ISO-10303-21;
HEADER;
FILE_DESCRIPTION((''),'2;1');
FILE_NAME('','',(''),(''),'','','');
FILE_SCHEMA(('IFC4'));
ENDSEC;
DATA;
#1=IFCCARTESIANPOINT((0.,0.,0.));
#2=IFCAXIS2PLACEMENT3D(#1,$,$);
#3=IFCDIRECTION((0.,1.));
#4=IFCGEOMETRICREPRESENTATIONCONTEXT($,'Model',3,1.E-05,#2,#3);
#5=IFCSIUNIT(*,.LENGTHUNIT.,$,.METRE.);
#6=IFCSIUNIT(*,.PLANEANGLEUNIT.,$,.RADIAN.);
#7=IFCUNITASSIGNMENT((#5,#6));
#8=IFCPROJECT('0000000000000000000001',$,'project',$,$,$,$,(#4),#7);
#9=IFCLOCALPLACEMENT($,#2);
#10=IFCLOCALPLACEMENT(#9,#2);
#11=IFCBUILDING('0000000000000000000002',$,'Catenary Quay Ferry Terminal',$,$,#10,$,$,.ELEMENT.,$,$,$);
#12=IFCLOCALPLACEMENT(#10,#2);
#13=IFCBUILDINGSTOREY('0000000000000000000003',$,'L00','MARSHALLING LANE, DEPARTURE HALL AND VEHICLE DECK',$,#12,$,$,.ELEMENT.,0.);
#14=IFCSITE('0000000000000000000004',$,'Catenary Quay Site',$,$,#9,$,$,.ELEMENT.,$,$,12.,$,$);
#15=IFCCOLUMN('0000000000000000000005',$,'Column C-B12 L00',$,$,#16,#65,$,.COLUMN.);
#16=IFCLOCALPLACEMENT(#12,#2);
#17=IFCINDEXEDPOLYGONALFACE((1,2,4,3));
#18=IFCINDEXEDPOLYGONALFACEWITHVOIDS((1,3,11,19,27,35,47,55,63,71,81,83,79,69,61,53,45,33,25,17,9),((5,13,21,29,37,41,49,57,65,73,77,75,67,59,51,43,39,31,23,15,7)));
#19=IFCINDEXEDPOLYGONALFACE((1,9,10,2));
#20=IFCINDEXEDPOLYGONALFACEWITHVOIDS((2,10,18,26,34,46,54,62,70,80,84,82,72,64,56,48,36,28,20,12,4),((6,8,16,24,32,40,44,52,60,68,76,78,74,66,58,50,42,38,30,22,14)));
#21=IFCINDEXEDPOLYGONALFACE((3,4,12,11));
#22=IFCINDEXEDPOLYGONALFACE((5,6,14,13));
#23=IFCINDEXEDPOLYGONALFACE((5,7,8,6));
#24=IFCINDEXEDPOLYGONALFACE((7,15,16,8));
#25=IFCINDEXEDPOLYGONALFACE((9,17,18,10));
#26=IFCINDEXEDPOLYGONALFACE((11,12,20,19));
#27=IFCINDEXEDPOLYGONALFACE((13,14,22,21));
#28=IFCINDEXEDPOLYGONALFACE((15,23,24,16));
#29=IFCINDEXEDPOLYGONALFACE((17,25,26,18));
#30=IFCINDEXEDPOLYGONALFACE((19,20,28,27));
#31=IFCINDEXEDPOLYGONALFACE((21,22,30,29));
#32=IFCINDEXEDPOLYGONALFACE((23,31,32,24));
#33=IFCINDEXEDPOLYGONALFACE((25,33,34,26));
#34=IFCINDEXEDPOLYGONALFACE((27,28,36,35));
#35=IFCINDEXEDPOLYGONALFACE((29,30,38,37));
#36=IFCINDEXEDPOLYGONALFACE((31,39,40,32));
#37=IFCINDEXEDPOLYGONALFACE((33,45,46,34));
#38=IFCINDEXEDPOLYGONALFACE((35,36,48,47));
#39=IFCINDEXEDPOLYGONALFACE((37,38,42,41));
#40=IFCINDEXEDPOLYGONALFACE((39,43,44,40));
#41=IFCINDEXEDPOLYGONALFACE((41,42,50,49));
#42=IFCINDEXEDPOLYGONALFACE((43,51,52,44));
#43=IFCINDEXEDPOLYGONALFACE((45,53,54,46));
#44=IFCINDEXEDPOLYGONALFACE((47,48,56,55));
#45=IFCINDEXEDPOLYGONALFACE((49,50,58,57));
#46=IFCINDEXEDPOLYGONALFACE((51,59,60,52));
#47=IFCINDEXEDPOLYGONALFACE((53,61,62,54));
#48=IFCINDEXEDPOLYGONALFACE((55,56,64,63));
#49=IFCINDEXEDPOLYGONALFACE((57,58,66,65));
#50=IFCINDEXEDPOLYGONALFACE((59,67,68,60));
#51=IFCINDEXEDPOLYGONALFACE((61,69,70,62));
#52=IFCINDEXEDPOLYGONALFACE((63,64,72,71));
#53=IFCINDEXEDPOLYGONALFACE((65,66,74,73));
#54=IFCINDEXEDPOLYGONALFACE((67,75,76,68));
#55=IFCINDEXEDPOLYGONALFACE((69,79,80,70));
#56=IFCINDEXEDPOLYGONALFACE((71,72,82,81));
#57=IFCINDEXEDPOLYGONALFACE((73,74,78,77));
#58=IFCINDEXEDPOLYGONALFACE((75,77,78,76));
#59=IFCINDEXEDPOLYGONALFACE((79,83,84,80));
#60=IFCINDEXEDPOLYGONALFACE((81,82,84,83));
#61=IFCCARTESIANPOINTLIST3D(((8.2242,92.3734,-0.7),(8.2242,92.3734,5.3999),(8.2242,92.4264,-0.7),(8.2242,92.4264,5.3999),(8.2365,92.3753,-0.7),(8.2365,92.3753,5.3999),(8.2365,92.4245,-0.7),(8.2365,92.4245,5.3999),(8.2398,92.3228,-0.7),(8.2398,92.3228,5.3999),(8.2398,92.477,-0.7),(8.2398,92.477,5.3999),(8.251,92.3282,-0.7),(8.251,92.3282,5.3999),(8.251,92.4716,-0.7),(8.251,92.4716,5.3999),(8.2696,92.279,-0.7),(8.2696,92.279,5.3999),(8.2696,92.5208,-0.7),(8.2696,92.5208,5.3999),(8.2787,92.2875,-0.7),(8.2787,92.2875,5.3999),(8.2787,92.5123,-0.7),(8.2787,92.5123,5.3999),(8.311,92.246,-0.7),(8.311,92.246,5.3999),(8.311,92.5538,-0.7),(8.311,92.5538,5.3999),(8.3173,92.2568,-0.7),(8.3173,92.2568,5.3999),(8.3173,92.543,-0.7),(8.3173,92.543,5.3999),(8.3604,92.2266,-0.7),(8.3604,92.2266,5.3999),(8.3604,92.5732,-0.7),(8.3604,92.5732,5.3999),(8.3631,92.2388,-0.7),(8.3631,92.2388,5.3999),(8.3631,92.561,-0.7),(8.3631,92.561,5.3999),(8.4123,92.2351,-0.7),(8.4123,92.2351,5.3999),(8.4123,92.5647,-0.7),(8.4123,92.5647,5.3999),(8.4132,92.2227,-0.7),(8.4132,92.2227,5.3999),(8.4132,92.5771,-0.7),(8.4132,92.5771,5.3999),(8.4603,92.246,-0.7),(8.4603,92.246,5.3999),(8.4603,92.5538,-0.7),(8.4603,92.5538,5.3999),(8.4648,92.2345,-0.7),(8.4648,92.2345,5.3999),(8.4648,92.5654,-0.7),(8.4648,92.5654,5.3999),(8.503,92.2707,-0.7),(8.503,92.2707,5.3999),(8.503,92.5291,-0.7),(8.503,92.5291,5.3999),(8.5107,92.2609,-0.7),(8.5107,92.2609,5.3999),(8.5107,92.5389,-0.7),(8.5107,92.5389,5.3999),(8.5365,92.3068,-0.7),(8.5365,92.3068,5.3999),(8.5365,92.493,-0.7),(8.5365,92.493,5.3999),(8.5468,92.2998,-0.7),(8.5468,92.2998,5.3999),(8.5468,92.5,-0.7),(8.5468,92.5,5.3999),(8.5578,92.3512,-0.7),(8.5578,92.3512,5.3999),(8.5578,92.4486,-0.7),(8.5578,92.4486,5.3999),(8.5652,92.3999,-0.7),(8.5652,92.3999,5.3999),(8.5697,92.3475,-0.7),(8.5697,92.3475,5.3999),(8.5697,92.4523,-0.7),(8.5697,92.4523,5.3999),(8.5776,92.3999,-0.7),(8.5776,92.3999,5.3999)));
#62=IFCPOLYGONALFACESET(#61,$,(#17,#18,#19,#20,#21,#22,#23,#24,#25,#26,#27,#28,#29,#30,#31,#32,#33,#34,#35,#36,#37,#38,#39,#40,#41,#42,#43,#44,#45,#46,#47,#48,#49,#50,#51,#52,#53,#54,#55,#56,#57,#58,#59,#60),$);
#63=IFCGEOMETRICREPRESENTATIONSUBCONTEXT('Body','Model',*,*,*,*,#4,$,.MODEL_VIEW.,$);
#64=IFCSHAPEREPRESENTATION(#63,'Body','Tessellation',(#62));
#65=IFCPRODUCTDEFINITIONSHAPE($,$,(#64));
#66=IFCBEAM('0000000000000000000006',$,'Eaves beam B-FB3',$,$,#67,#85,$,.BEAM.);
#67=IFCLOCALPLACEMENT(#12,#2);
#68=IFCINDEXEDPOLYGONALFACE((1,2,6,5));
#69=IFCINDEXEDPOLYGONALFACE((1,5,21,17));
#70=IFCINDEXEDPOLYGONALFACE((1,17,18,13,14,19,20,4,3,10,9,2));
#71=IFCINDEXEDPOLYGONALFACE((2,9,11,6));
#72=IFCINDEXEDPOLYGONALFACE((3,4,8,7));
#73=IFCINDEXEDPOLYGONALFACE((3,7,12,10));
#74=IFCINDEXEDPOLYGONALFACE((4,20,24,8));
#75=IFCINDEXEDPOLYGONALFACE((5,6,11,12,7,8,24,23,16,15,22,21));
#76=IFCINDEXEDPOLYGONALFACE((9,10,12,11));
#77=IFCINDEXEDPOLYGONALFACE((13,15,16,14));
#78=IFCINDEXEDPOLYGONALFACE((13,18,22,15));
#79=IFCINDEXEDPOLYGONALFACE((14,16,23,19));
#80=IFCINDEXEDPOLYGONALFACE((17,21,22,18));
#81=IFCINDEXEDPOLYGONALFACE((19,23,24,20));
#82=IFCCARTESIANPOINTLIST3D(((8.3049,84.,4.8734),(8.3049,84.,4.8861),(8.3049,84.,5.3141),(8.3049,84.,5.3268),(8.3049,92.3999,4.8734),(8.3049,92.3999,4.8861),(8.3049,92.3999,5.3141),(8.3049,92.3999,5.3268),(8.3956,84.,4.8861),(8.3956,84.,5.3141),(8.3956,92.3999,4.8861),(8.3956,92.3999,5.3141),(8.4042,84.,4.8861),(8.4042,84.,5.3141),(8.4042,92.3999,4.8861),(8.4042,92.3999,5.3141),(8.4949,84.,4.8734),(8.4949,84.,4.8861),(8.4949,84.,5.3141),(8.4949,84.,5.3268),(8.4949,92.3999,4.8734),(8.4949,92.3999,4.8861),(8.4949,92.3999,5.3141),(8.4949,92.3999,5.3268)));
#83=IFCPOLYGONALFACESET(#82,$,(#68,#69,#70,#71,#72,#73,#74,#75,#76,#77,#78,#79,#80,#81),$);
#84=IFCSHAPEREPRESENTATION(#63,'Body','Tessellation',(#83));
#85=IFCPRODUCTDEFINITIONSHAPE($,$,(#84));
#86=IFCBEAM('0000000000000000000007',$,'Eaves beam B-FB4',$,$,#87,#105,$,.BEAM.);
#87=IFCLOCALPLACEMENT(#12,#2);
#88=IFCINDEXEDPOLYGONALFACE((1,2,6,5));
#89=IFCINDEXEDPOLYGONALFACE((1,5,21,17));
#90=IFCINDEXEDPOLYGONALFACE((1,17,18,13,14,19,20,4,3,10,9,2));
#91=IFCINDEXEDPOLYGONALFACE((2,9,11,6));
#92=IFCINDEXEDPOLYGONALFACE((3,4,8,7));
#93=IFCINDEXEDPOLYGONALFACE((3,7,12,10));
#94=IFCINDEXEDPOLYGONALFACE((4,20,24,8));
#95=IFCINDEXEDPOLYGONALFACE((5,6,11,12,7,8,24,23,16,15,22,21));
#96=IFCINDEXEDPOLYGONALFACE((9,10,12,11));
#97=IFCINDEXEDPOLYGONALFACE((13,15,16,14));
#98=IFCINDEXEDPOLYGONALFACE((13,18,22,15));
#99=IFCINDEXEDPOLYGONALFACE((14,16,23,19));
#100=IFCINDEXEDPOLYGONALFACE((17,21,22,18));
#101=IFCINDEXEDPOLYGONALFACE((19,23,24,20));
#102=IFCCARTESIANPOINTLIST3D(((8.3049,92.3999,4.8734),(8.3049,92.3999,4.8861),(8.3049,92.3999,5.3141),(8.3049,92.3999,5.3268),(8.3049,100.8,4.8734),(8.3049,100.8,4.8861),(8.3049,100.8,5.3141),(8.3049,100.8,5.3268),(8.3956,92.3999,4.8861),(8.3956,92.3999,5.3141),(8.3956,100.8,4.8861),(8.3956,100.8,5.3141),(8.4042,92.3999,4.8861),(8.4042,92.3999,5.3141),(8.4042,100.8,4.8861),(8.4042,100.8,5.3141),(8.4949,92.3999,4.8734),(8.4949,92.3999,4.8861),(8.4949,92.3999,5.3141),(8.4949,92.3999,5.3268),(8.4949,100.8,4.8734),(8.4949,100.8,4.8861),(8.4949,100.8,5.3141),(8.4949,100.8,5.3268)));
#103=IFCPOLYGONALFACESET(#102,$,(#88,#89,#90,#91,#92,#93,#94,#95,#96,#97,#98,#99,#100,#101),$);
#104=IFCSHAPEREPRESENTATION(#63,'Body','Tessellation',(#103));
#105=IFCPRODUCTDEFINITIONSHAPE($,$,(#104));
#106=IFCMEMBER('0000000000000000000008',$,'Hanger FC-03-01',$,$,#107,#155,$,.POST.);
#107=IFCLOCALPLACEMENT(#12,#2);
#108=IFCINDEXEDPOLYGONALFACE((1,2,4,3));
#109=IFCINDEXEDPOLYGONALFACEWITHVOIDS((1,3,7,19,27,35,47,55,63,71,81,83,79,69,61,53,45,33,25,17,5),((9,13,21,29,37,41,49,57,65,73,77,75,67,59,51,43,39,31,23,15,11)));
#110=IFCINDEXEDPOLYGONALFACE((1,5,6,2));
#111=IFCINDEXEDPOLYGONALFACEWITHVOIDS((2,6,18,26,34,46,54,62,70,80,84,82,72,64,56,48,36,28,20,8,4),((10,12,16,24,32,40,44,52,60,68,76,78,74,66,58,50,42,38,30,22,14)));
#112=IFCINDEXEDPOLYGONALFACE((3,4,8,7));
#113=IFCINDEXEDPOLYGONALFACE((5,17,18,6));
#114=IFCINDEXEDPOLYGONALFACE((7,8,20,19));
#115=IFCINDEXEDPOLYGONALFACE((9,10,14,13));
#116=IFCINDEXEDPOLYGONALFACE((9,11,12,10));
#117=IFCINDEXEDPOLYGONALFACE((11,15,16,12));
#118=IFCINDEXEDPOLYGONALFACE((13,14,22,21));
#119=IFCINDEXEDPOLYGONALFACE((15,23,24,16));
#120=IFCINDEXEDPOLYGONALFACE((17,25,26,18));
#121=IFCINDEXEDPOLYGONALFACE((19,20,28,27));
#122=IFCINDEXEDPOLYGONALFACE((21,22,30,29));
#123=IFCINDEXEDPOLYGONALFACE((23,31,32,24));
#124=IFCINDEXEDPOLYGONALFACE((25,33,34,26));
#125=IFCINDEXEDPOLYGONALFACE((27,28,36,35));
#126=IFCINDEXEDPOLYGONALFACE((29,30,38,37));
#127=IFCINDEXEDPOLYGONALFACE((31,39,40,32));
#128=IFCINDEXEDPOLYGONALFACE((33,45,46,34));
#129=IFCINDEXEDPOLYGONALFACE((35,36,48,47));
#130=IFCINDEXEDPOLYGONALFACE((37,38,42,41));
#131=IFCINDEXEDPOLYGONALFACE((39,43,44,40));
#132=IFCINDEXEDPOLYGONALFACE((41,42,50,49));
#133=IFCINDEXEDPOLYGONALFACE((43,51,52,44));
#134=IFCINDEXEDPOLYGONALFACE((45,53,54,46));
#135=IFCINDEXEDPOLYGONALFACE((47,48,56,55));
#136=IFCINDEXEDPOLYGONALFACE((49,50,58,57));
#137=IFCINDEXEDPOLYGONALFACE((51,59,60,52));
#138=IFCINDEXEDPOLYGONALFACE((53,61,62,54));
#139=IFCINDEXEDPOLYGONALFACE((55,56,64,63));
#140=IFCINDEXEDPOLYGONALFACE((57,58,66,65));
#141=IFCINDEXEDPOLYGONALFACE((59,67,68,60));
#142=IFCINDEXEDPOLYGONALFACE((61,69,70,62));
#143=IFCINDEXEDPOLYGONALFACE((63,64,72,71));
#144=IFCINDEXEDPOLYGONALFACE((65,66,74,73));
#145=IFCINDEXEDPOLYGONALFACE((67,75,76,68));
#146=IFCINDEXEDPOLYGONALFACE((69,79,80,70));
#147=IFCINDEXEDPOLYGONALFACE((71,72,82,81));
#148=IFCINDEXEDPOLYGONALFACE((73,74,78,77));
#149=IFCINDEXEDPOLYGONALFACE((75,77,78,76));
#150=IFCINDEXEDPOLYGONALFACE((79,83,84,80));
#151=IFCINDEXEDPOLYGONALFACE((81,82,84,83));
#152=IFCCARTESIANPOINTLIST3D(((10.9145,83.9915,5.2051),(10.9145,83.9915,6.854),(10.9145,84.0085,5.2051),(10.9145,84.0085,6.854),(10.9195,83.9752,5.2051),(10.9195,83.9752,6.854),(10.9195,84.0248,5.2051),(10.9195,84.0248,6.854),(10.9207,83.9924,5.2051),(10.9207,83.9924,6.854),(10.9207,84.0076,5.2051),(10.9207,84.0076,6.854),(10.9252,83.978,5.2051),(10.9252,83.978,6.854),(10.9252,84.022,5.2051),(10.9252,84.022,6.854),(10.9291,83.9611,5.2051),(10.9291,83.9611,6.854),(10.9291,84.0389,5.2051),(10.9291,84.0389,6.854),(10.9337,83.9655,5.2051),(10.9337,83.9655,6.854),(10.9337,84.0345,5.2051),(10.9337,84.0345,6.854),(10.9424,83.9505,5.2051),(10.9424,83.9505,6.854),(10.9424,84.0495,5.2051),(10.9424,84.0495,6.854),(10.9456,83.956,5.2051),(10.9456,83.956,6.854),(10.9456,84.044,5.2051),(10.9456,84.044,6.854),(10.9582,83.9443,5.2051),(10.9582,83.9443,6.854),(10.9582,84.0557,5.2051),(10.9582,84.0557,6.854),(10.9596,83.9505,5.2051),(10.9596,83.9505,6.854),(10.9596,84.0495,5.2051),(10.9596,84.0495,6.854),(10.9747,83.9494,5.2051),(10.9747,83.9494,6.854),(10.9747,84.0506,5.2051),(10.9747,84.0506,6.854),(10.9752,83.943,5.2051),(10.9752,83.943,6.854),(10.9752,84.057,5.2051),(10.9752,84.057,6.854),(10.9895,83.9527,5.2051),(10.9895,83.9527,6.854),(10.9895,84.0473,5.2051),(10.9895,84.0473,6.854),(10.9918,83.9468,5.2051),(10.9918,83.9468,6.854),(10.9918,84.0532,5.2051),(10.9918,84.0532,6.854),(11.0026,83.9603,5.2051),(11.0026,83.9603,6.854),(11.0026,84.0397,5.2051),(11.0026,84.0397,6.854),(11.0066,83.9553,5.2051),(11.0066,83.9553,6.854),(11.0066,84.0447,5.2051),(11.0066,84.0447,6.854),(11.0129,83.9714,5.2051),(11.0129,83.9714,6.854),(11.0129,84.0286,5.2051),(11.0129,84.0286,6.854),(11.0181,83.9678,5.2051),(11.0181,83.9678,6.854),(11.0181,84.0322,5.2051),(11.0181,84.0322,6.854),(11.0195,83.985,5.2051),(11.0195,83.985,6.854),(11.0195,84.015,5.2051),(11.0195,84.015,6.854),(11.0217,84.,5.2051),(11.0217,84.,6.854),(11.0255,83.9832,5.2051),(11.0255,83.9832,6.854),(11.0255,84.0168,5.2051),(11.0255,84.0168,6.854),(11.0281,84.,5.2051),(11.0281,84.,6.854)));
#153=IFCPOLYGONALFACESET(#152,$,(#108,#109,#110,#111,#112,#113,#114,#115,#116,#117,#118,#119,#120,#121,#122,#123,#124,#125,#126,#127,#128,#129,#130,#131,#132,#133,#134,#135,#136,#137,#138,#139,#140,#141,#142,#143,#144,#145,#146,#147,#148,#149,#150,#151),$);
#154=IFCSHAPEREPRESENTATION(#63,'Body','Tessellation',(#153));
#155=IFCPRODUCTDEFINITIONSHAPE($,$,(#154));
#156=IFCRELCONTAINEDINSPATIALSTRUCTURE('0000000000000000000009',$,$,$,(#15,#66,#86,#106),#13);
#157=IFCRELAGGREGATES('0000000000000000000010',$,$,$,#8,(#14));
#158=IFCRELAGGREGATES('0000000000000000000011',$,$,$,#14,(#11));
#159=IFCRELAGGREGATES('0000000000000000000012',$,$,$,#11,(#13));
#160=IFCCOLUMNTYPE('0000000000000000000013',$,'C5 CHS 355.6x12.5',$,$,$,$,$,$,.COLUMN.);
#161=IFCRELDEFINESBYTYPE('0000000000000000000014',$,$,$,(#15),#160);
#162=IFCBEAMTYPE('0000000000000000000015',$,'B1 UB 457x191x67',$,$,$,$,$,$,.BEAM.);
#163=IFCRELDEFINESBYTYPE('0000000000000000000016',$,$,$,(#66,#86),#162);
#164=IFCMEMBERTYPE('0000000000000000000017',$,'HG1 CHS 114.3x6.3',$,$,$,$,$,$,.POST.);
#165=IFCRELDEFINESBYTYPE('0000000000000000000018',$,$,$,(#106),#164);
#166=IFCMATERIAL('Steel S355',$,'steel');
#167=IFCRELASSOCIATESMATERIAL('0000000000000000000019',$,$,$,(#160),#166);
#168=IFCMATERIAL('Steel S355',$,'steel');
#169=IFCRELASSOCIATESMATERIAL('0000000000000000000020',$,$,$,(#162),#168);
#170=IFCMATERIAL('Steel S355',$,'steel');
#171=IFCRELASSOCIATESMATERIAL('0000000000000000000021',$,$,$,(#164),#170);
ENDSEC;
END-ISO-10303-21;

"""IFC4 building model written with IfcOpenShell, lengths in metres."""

from ifc_helpers import new_model, si_unit, direction, frame, origin, origin_2d, place, context, subcontext, project, spatial, hollow_circle, i_section, extrude, material, material_profile, profile_set, type_object, element, save


model = new_model("IFC4")

# Units and contexts
model_context = context("Model", 3, precision=1e-05, world=origin(), true_north=direction((0.0, 1.0)))
body_context = subcontext(model_context, "Body", "Model", "MODEL_VIEW")
ifc_project = project(units=[si_unit("LENGTHUNIT", "METRE"), si_unit("PLANEANGLEUNIT", "RADIAN")], contexts=[model_context])

# Site, building, storey
site_placement = place(None, origin())
site = spatial("IfcSite", under=ifc_project, at=site_placement, Name="Catenary Quay Site", CompositionType="ELEMENT", RefElevation=12.0)
building_placement = place(site_placement, origin())
building = spatial("IfcBuilding", under=site, at=building_placement, Name="Catenary Quay Ferry Terminal", CompositionType="ELEMENT")
storey_placement = place(building_placement, origin())
storey = spatial("IfcBuildingStorey", under=building, at=storey_placement, Name="L00", Description="MARSHALLING LANE, DEPARTURE HALL AND VEHICLE DECK", CompositionType="ELEMENT", Elevation=0.0)

# Column
ifc_material_1 = material(Name="Steel S355", Category="steel")
ifc_material_profile_1 = material_profile(ifc_material_1, hollow_circle(Radius=0.1777, WallThickness=0.0125, at=origin_2d()), Name="CHS 355.6x12.5")
ifc_profile_set_1 = profile_set([ifc_material_profile_1], Name="Steel S355")
column_type = type_object("IfcColumnType", Name="C5 CHS 355.6x12.5", PredefinedType="COLUMN", material=ifc_profile_set_1)
for number, where, z_axis, x_axis, name in (
    (1, (8.3999, 92.3999, -0.7), (0.0, 0.0, 1.0), (1.0, 0.0, 0.0), "Column C-B12 L00"),
):
    element("IfcColumn", number, at=place(storey_placement, frame(where, z_axis=z_axis, x_axis=x_axis)), inside=storey, type_object=column_type, Name=name, PredefinedType="COLUMN", context=body_context, shape_type="SweptSolid", body=[
        extrude(hollow_circle(Radius=0.1777, WallThickness=0.0125, at=origin_2d()), origin(), (0.0, 0.0, 1.0), 6.0999),
    ])

# Beams
ifc_material_2 = material(Name="Steel S355", Category="steel")
ifc_material_profile_2 = material_profile(ifc_material_2, i_section(OverallWidth=0.1899, OverallDepth=0.4534, WebThickness=0.0085, FlangeThickness=0.0127, at=origin_2d()), Name="UB 457x191x67")
ifc_profile_set_2 = profile_set([ifc_material_profile_2], Name="Steel S355")
beam_type_1 = type_object("IfcBeamType", Name="B1 UB 457x191x67", PredefinedType="BEAM", material=ifc_profile_set_2)
beam_1_placement = place(storey_placement, frame((8.3999, 84.0, 5.1001), z_axis=(0.0, 1.0, 0.0), x_axis=(-1.0, 0.0, 0.0)))
element("IfcBeam", 2, at=beam_1_placement, inside=storey, type_object=beam_type_1, Name="Eaves beam B-FB3", PredefinedType="BEAM", context=body_context, shape_type="SweptSolid", body=[
    extrude(i_section(OverallWidth=0.1899, OverallDepth=0.4534, WebThickness=0.0085, FlangeThickness=0.0127, at=origin_2d()), origin(), (0.0, 0.0, 1.0), 8.3999),
])
beam_2_placement = place(storey_placement, frame((8.3999, 92.3999, 5.1001), z_axis=(0.0, 1.0, 0.0), x_axis=(-1.0, 0.0, 0.0)))
element("IfcBeam", 3, at=beam_2_placement, inside=storey, type_object=beam_type_1, Name="Eaves beam B-FB4", PredefinedType="BEAM", context=body_context, shape_type="SweptSolid", body=[
    extrude(i_section(OverallWidth=0.1899, OverallDepth=0.4534, WebThickness=0.0085, FlangeThickness=0.0127, at=origin_2d()), origin(), (0.0, 0.0, 1.0), 8.4001),
])

# Member
ifc_material_3 = material(Name="Steel S355", Category="steel")
ifc_material_profile_3 = material_profile(ifc_material_3, hollow_circle(Radius=0.0571, WallThickness=0.0063, at=origin_2d()), Name="CHS 114.3x6.3")
ifc_profile_set_3 = profile_set([ifc_material_profile_3], Name="Steel S355")
member_type_1 = type_object("IfcMemberType", Name="HG1 CHS 114.3x6.3", PredefinedType="POST", material=ifc_profile_set_3)
member_1_placement = place(storey_placement, frame((10.9709, 84.0, 5.2051), z_axis=(0.0, 0.0, 1.0), x_axis=(1.0, 0.0, 0.0)))
element("IfcMember", 4, at=member_1_placement, inside=storey, type_object=member_type_1, Name="Hanger FC-03-01", PredefinedType="POST", context=body_context, shape_type="SweptSolid", body=[
    extrude(hollow_circle(Radius=0.0571, WallThickness=0.0063, at=origin_2d()), origin(), (0.0, 0.0, 1.0), 1.6489),
])

save(model, "model.ifc")
